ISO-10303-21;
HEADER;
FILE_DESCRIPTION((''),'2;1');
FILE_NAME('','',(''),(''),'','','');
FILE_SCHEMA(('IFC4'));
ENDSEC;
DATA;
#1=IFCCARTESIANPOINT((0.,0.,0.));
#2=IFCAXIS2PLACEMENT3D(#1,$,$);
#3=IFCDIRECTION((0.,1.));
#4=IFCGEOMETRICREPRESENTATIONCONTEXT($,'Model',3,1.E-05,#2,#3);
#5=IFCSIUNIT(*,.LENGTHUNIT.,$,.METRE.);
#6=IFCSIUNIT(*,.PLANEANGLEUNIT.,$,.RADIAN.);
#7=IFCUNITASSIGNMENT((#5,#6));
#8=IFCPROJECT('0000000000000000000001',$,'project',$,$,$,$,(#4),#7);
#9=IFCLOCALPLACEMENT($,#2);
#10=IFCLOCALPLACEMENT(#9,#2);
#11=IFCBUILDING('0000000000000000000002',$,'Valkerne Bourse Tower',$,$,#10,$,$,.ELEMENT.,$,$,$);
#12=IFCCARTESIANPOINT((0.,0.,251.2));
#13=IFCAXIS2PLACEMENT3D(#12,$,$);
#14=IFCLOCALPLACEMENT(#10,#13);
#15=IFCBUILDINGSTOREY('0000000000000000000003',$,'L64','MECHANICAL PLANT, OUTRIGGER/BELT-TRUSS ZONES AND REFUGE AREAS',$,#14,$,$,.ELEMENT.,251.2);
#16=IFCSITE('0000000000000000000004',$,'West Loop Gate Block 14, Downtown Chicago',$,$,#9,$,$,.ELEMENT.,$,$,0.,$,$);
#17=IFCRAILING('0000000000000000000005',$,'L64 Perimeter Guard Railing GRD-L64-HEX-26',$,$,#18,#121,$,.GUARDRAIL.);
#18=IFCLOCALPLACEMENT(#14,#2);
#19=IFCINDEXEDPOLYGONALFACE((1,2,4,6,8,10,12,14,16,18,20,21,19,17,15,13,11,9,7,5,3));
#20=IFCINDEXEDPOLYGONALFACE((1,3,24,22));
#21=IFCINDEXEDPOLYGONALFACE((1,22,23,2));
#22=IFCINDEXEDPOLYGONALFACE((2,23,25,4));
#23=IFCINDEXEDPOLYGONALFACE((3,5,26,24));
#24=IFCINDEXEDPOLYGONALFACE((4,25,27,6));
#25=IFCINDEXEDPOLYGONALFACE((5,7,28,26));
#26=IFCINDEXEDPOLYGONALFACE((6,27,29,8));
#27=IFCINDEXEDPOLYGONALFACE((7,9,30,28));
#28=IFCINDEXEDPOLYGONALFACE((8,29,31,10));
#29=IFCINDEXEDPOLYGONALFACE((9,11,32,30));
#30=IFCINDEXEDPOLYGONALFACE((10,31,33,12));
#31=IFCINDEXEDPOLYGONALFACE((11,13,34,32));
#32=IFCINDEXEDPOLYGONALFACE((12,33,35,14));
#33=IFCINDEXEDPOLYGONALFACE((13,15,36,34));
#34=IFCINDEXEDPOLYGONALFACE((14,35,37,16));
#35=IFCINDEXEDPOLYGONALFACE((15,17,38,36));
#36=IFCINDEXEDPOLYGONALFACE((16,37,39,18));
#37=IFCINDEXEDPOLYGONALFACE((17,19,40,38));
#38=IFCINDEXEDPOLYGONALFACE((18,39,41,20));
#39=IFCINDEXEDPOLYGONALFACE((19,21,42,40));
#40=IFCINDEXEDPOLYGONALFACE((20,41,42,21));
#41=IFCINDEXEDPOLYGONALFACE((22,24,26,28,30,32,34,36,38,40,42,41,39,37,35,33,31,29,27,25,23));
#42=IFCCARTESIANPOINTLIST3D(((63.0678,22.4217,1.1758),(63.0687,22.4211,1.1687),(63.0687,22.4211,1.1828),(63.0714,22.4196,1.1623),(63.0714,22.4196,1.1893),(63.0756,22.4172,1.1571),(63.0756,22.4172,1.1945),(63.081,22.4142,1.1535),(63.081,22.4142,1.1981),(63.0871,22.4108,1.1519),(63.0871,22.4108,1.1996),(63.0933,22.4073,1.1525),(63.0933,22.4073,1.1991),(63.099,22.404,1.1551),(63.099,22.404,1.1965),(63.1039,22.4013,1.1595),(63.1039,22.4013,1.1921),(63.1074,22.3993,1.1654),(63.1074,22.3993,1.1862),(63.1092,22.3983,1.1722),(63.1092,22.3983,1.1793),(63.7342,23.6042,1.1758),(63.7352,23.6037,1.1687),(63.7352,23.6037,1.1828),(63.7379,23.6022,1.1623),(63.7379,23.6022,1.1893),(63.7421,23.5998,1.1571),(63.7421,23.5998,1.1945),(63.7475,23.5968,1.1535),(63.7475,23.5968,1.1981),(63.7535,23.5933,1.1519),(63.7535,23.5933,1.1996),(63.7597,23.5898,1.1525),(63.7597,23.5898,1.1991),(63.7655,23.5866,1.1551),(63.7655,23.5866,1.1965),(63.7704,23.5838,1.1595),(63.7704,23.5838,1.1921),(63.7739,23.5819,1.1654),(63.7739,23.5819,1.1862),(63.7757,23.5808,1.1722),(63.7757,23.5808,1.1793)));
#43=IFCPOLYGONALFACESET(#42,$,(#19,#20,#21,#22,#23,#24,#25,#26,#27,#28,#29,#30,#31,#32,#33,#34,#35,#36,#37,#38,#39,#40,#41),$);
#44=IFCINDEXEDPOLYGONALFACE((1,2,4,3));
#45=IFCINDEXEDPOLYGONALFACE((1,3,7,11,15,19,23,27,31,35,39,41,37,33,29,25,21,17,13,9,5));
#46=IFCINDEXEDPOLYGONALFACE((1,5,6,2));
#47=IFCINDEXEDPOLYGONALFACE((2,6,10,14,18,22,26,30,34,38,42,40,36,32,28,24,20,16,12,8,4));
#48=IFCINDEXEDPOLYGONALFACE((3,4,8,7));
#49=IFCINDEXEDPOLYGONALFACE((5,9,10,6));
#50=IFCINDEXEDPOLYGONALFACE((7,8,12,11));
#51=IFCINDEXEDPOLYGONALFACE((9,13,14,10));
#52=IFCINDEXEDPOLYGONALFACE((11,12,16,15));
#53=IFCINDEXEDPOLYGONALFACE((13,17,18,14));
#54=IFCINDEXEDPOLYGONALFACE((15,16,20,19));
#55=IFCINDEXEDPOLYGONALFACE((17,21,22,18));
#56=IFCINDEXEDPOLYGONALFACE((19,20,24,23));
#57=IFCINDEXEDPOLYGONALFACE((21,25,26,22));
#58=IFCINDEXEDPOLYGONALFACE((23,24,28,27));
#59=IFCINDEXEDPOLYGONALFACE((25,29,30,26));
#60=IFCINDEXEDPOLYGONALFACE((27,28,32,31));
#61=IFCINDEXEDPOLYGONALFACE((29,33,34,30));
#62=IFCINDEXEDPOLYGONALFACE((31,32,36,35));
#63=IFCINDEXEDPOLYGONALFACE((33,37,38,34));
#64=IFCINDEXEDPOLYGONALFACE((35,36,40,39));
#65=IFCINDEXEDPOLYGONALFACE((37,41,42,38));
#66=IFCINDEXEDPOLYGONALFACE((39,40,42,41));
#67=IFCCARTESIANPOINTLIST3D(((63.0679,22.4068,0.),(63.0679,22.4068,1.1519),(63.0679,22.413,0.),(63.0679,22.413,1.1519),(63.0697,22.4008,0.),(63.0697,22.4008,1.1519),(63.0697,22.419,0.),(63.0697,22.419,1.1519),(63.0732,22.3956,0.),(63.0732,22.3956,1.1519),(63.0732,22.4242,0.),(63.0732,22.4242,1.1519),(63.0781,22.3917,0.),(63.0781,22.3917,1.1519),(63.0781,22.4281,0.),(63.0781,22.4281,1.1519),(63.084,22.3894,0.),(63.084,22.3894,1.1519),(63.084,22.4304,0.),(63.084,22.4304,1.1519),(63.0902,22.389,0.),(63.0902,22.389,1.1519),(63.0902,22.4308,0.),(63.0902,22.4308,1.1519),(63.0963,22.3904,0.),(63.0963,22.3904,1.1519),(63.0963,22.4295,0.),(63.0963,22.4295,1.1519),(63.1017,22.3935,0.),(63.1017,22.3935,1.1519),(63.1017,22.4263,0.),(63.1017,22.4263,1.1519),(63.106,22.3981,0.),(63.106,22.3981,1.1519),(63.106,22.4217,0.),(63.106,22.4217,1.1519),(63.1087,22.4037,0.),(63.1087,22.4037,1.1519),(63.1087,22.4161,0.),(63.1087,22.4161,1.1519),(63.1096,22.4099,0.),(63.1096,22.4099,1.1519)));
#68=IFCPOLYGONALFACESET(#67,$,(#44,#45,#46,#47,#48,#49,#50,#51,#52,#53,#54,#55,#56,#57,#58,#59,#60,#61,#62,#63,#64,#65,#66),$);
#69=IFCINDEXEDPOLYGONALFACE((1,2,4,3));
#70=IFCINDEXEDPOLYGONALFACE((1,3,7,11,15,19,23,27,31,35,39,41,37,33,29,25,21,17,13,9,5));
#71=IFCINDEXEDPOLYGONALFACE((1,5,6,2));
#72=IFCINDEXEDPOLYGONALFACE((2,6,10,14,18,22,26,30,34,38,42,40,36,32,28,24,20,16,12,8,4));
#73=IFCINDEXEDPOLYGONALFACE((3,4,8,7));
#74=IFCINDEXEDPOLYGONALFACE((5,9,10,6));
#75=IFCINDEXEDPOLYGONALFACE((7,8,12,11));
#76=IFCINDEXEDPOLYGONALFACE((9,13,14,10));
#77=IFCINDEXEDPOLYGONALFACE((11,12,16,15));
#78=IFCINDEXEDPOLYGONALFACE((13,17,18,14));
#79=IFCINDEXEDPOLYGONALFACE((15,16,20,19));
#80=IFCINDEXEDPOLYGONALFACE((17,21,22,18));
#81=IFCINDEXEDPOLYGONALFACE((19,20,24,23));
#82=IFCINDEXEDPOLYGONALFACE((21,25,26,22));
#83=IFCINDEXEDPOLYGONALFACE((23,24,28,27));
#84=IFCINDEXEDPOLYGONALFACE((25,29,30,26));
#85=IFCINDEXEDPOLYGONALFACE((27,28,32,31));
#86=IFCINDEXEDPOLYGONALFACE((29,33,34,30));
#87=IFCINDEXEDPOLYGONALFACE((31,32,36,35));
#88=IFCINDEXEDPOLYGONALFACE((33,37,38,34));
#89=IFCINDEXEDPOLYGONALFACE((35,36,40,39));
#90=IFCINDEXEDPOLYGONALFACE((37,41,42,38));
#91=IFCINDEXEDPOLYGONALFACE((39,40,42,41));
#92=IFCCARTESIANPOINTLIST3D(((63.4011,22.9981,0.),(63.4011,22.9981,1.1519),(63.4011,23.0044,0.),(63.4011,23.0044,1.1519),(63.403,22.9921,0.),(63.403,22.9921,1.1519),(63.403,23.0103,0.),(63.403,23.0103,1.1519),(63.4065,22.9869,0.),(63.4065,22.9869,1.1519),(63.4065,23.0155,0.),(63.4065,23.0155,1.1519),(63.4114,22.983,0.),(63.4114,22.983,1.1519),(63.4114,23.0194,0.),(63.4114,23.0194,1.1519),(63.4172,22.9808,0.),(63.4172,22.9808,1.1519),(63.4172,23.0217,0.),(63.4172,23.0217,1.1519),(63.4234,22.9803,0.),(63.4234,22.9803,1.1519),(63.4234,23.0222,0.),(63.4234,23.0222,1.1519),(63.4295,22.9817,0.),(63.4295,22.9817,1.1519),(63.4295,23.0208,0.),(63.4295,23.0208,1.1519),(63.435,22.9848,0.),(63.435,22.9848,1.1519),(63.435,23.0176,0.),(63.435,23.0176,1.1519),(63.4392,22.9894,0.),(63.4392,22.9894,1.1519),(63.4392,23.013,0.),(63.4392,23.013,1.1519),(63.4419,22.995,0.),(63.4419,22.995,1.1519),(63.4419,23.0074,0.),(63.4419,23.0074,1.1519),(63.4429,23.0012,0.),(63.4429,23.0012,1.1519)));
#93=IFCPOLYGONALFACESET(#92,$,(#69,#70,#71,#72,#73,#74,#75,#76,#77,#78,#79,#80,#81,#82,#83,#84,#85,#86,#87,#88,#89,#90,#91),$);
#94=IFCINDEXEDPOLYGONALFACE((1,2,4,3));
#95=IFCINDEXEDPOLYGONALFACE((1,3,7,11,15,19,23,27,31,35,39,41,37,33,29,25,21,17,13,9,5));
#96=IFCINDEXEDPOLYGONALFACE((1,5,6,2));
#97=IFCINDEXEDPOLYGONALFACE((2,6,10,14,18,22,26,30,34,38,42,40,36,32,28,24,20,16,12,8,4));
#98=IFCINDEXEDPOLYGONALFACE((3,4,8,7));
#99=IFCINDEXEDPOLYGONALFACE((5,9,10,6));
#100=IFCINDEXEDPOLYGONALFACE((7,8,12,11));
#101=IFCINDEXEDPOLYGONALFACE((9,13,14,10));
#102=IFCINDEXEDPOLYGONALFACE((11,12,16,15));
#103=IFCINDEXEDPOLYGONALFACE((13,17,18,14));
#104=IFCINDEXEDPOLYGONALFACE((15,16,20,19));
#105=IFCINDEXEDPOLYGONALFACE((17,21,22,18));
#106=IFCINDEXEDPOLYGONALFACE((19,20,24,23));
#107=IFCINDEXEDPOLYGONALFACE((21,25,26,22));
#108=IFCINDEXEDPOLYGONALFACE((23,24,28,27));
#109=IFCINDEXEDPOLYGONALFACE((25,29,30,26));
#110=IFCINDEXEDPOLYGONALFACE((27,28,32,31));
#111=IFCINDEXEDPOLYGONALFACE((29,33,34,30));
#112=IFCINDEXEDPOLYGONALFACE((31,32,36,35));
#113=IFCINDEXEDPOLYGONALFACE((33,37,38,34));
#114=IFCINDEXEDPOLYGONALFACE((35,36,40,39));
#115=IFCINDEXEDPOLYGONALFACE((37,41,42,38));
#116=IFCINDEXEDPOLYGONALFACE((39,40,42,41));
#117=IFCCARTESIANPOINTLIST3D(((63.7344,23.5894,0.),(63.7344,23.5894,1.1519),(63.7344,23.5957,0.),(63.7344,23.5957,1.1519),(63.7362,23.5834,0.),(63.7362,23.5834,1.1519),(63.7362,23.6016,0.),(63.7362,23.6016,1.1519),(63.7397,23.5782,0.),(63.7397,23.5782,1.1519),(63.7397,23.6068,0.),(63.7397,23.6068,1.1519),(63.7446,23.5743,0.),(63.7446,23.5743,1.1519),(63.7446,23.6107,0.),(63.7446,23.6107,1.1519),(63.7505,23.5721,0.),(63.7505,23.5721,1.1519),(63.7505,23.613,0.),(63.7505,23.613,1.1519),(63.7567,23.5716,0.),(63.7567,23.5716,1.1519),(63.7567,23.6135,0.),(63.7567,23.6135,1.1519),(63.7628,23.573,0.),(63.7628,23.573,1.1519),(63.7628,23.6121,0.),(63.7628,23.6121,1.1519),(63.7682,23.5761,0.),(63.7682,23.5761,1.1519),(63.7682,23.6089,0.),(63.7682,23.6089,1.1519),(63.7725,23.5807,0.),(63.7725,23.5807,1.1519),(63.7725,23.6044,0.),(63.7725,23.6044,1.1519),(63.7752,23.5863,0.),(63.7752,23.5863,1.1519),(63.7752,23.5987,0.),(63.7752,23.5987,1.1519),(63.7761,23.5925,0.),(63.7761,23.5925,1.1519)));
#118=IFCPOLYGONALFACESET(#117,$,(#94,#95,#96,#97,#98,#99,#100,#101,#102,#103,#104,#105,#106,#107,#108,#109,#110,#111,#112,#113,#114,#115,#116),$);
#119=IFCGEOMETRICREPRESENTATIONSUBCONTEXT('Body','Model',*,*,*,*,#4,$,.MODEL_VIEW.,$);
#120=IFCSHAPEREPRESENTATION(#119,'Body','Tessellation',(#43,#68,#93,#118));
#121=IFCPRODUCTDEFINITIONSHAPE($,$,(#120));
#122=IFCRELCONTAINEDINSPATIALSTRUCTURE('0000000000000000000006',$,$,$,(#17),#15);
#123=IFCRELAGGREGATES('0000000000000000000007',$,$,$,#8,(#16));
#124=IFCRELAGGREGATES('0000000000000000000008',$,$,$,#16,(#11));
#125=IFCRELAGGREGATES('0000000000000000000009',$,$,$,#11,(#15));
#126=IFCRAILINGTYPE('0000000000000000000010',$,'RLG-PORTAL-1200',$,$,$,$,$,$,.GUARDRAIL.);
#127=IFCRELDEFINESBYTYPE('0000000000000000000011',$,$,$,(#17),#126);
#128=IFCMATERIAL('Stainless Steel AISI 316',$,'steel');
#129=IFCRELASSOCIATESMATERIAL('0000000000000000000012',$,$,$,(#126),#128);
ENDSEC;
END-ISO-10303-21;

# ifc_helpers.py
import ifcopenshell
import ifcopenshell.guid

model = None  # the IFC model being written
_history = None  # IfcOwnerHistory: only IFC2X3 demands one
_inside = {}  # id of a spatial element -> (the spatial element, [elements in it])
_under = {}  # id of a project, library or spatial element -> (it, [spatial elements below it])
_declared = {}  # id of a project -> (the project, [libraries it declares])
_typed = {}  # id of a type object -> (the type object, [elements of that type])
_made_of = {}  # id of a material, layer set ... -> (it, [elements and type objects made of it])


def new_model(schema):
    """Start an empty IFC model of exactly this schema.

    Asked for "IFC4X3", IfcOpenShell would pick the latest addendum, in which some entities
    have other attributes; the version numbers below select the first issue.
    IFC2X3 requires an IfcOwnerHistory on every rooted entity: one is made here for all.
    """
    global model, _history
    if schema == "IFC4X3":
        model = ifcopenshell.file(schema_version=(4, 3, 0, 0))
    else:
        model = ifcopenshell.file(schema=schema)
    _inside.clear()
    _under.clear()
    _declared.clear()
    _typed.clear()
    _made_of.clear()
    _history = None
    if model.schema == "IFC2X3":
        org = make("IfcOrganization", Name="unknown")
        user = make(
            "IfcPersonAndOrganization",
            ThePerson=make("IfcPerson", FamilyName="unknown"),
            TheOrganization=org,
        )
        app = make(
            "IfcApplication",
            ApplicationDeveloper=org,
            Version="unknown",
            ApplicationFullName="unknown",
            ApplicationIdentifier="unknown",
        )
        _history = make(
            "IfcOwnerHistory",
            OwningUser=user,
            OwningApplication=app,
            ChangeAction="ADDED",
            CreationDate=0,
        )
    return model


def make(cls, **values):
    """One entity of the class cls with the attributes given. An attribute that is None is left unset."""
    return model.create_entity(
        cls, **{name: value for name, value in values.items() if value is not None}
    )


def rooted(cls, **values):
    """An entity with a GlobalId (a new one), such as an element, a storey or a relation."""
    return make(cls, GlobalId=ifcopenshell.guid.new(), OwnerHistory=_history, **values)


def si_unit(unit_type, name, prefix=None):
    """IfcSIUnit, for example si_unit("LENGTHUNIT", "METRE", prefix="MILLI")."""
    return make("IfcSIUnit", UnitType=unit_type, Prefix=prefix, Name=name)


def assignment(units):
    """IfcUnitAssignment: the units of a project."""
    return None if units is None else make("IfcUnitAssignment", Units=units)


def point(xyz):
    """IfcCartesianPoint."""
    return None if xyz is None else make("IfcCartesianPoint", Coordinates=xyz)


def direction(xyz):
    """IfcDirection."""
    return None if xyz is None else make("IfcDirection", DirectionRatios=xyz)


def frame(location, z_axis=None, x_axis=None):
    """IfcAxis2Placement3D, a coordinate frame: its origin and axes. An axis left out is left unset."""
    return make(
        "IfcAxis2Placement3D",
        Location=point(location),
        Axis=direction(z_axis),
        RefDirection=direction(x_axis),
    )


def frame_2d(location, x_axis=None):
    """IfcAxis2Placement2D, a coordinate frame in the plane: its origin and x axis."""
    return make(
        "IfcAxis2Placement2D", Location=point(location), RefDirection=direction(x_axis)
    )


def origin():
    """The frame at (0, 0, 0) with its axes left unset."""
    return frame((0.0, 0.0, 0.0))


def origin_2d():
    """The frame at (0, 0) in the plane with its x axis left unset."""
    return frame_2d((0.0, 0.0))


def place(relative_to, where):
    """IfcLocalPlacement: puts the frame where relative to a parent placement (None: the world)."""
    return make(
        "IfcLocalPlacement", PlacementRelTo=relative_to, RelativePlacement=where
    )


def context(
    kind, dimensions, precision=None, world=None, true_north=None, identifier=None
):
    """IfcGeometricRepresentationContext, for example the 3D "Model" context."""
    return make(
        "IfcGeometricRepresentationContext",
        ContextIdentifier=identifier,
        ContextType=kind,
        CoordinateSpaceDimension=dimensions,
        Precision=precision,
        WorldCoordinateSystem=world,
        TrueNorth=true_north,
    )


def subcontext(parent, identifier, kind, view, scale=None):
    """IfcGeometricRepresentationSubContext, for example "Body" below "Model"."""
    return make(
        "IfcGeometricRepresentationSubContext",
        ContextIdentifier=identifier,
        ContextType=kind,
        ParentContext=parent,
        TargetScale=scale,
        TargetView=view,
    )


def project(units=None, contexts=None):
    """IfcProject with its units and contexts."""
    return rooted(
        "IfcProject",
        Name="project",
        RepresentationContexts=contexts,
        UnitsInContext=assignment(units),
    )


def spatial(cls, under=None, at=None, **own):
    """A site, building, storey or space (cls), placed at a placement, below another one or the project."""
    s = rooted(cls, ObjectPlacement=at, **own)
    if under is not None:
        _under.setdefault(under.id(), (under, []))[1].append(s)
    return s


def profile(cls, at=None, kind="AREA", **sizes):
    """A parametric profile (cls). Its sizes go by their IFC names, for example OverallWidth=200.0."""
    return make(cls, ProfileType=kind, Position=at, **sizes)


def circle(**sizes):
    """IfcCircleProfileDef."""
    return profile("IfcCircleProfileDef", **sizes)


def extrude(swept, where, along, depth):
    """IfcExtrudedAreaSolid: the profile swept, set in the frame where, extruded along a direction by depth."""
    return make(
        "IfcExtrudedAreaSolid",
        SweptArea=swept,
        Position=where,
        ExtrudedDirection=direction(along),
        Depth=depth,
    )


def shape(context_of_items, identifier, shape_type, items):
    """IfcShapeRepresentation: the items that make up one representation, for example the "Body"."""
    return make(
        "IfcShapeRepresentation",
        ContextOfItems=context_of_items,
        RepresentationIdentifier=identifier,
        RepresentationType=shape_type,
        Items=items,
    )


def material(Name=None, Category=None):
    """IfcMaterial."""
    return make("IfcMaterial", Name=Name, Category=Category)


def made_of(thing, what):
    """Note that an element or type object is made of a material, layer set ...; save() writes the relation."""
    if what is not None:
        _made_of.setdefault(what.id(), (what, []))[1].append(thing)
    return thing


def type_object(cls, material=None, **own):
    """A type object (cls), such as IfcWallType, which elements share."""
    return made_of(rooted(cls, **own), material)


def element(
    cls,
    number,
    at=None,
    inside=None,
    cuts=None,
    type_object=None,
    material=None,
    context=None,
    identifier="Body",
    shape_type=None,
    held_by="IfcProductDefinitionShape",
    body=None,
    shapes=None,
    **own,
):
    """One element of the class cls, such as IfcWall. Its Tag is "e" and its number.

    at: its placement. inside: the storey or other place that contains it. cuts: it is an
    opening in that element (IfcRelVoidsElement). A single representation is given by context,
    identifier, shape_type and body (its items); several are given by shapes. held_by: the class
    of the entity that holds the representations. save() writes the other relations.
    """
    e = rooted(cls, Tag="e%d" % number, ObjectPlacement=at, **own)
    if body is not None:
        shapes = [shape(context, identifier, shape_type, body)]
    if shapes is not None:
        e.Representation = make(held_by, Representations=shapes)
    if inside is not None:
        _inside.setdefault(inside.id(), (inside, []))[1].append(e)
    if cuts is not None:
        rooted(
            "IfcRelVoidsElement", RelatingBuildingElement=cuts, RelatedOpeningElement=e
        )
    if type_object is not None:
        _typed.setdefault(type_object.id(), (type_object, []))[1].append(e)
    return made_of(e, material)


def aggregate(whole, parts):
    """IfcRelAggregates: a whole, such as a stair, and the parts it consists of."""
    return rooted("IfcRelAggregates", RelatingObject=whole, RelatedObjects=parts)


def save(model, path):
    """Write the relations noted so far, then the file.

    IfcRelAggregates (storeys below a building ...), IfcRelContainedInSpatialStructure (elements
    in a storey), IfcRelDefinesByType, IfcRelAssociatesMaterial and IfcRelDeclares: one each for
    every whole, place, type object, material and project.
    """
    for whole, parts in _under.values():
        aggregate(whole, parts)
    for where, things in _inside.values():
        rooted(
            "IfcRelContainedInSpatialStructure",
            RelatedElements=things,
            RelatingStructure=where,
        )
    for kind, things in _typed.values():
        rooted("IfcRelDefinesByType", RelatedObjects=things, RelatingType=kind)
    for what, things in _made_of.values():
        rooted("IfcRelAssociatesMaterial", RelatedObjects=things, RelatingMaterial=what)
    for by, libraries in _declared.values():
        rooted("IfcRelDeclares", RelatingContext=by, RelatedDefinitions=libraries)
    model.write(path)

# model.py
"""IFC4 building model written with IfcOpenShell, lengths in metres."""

from ifc_helpers import new_model, si_unit, direction, frame, origin, origin_2d, place, context, subcontext, project, spatial, circle, extrude, material, type_object, element, save


model = new_model("IFC4")

# Units and contexts
model_context = context("Model", 3, precision=1e-05, world=origin(), true_north=direction((0.0, 1.0)))
body_context = subcontext(model_context, "Body", "Model", "MODEL_VIEW")
ifc_project = project(units=[si_unit("LENGTHUNIT", "METRE"), si_unit("PLANEANGLEUNIT", "RADIAN")], contexts=[model_context])

# Site, building, storey
site_placement = place(None, origin())
site = spatial("IfcSite", under=ifc_project, at=site_placement, Name="West Loop Gate Block 14, Downtown Chicago", CompositionType="ELEMENT", RefElevation=0.0)
building_placement = place(site_placement, origin())
building = spatial("IfcBuilding", under=site, at=building_placement, Name="Valkerne Bourse Tower", CompositionType="ELEMENT")
storey_placement = place(building_placement, frame((0.0, 0.0, 251.2)))
storey = spatial("IfcBuildingStorey", under=building, at=storey_placement, Name="L64", Description="MECHANICAL PLANT, OUTRIGGER/BELT-TRUSS ZONES AND REFUGE AREAS", CompositionType="ELEMENT", Elevation=251.2)

# Railing
ifc_material_1 = material(Name="Stainless Steel AISI 316", Category="steel")
railing_type = type_object("IfcRailingType", Name="RLG-PORTAL-1200", PredefinedType="GUARDRAIL", material=ifc_material_1)
railing_1_placement = place(storey_placement, frame((63.0886, 22.4099, 0.0)))
element("IfcRailing", 1, at=railing_1_placement, inside=storey, type_object=railing_type, Name="L64 Perimeter Guard Railing GRD-L64-HEX-26", PredefinedType="GUARDRAIL", context=body_context, shape_type="SweptSolid", body=[
    extrude(circle(Radius=0.0239, at=origin_2d()), frame((0.0, 0.0, 1.1758), z_axis=(0.490978, 0.871172, 0.0), x_axis=(-0.871172, 0.490978, 0.0)), (0.0, 0.0, 1.0), 1.3574),
    extrude(circle(Radius=0.021, at=origin_2d()), origin(), (0.0, 0.0, 1.0), 1.1519),
    extrude(circle(Radius=0.021, at=origin_2d()), frame((0.3333, 0.5913, 0.0)), (0.0, 0.0, 1.0), 1.1519),
    extrude(circle(Radius=0.021, at=origin_2d()), frame((0.6665, 1.1826, 0.0)), (0.0, 0.0, 1.0), 1.1519),
])

save(model, "model.ifc")
